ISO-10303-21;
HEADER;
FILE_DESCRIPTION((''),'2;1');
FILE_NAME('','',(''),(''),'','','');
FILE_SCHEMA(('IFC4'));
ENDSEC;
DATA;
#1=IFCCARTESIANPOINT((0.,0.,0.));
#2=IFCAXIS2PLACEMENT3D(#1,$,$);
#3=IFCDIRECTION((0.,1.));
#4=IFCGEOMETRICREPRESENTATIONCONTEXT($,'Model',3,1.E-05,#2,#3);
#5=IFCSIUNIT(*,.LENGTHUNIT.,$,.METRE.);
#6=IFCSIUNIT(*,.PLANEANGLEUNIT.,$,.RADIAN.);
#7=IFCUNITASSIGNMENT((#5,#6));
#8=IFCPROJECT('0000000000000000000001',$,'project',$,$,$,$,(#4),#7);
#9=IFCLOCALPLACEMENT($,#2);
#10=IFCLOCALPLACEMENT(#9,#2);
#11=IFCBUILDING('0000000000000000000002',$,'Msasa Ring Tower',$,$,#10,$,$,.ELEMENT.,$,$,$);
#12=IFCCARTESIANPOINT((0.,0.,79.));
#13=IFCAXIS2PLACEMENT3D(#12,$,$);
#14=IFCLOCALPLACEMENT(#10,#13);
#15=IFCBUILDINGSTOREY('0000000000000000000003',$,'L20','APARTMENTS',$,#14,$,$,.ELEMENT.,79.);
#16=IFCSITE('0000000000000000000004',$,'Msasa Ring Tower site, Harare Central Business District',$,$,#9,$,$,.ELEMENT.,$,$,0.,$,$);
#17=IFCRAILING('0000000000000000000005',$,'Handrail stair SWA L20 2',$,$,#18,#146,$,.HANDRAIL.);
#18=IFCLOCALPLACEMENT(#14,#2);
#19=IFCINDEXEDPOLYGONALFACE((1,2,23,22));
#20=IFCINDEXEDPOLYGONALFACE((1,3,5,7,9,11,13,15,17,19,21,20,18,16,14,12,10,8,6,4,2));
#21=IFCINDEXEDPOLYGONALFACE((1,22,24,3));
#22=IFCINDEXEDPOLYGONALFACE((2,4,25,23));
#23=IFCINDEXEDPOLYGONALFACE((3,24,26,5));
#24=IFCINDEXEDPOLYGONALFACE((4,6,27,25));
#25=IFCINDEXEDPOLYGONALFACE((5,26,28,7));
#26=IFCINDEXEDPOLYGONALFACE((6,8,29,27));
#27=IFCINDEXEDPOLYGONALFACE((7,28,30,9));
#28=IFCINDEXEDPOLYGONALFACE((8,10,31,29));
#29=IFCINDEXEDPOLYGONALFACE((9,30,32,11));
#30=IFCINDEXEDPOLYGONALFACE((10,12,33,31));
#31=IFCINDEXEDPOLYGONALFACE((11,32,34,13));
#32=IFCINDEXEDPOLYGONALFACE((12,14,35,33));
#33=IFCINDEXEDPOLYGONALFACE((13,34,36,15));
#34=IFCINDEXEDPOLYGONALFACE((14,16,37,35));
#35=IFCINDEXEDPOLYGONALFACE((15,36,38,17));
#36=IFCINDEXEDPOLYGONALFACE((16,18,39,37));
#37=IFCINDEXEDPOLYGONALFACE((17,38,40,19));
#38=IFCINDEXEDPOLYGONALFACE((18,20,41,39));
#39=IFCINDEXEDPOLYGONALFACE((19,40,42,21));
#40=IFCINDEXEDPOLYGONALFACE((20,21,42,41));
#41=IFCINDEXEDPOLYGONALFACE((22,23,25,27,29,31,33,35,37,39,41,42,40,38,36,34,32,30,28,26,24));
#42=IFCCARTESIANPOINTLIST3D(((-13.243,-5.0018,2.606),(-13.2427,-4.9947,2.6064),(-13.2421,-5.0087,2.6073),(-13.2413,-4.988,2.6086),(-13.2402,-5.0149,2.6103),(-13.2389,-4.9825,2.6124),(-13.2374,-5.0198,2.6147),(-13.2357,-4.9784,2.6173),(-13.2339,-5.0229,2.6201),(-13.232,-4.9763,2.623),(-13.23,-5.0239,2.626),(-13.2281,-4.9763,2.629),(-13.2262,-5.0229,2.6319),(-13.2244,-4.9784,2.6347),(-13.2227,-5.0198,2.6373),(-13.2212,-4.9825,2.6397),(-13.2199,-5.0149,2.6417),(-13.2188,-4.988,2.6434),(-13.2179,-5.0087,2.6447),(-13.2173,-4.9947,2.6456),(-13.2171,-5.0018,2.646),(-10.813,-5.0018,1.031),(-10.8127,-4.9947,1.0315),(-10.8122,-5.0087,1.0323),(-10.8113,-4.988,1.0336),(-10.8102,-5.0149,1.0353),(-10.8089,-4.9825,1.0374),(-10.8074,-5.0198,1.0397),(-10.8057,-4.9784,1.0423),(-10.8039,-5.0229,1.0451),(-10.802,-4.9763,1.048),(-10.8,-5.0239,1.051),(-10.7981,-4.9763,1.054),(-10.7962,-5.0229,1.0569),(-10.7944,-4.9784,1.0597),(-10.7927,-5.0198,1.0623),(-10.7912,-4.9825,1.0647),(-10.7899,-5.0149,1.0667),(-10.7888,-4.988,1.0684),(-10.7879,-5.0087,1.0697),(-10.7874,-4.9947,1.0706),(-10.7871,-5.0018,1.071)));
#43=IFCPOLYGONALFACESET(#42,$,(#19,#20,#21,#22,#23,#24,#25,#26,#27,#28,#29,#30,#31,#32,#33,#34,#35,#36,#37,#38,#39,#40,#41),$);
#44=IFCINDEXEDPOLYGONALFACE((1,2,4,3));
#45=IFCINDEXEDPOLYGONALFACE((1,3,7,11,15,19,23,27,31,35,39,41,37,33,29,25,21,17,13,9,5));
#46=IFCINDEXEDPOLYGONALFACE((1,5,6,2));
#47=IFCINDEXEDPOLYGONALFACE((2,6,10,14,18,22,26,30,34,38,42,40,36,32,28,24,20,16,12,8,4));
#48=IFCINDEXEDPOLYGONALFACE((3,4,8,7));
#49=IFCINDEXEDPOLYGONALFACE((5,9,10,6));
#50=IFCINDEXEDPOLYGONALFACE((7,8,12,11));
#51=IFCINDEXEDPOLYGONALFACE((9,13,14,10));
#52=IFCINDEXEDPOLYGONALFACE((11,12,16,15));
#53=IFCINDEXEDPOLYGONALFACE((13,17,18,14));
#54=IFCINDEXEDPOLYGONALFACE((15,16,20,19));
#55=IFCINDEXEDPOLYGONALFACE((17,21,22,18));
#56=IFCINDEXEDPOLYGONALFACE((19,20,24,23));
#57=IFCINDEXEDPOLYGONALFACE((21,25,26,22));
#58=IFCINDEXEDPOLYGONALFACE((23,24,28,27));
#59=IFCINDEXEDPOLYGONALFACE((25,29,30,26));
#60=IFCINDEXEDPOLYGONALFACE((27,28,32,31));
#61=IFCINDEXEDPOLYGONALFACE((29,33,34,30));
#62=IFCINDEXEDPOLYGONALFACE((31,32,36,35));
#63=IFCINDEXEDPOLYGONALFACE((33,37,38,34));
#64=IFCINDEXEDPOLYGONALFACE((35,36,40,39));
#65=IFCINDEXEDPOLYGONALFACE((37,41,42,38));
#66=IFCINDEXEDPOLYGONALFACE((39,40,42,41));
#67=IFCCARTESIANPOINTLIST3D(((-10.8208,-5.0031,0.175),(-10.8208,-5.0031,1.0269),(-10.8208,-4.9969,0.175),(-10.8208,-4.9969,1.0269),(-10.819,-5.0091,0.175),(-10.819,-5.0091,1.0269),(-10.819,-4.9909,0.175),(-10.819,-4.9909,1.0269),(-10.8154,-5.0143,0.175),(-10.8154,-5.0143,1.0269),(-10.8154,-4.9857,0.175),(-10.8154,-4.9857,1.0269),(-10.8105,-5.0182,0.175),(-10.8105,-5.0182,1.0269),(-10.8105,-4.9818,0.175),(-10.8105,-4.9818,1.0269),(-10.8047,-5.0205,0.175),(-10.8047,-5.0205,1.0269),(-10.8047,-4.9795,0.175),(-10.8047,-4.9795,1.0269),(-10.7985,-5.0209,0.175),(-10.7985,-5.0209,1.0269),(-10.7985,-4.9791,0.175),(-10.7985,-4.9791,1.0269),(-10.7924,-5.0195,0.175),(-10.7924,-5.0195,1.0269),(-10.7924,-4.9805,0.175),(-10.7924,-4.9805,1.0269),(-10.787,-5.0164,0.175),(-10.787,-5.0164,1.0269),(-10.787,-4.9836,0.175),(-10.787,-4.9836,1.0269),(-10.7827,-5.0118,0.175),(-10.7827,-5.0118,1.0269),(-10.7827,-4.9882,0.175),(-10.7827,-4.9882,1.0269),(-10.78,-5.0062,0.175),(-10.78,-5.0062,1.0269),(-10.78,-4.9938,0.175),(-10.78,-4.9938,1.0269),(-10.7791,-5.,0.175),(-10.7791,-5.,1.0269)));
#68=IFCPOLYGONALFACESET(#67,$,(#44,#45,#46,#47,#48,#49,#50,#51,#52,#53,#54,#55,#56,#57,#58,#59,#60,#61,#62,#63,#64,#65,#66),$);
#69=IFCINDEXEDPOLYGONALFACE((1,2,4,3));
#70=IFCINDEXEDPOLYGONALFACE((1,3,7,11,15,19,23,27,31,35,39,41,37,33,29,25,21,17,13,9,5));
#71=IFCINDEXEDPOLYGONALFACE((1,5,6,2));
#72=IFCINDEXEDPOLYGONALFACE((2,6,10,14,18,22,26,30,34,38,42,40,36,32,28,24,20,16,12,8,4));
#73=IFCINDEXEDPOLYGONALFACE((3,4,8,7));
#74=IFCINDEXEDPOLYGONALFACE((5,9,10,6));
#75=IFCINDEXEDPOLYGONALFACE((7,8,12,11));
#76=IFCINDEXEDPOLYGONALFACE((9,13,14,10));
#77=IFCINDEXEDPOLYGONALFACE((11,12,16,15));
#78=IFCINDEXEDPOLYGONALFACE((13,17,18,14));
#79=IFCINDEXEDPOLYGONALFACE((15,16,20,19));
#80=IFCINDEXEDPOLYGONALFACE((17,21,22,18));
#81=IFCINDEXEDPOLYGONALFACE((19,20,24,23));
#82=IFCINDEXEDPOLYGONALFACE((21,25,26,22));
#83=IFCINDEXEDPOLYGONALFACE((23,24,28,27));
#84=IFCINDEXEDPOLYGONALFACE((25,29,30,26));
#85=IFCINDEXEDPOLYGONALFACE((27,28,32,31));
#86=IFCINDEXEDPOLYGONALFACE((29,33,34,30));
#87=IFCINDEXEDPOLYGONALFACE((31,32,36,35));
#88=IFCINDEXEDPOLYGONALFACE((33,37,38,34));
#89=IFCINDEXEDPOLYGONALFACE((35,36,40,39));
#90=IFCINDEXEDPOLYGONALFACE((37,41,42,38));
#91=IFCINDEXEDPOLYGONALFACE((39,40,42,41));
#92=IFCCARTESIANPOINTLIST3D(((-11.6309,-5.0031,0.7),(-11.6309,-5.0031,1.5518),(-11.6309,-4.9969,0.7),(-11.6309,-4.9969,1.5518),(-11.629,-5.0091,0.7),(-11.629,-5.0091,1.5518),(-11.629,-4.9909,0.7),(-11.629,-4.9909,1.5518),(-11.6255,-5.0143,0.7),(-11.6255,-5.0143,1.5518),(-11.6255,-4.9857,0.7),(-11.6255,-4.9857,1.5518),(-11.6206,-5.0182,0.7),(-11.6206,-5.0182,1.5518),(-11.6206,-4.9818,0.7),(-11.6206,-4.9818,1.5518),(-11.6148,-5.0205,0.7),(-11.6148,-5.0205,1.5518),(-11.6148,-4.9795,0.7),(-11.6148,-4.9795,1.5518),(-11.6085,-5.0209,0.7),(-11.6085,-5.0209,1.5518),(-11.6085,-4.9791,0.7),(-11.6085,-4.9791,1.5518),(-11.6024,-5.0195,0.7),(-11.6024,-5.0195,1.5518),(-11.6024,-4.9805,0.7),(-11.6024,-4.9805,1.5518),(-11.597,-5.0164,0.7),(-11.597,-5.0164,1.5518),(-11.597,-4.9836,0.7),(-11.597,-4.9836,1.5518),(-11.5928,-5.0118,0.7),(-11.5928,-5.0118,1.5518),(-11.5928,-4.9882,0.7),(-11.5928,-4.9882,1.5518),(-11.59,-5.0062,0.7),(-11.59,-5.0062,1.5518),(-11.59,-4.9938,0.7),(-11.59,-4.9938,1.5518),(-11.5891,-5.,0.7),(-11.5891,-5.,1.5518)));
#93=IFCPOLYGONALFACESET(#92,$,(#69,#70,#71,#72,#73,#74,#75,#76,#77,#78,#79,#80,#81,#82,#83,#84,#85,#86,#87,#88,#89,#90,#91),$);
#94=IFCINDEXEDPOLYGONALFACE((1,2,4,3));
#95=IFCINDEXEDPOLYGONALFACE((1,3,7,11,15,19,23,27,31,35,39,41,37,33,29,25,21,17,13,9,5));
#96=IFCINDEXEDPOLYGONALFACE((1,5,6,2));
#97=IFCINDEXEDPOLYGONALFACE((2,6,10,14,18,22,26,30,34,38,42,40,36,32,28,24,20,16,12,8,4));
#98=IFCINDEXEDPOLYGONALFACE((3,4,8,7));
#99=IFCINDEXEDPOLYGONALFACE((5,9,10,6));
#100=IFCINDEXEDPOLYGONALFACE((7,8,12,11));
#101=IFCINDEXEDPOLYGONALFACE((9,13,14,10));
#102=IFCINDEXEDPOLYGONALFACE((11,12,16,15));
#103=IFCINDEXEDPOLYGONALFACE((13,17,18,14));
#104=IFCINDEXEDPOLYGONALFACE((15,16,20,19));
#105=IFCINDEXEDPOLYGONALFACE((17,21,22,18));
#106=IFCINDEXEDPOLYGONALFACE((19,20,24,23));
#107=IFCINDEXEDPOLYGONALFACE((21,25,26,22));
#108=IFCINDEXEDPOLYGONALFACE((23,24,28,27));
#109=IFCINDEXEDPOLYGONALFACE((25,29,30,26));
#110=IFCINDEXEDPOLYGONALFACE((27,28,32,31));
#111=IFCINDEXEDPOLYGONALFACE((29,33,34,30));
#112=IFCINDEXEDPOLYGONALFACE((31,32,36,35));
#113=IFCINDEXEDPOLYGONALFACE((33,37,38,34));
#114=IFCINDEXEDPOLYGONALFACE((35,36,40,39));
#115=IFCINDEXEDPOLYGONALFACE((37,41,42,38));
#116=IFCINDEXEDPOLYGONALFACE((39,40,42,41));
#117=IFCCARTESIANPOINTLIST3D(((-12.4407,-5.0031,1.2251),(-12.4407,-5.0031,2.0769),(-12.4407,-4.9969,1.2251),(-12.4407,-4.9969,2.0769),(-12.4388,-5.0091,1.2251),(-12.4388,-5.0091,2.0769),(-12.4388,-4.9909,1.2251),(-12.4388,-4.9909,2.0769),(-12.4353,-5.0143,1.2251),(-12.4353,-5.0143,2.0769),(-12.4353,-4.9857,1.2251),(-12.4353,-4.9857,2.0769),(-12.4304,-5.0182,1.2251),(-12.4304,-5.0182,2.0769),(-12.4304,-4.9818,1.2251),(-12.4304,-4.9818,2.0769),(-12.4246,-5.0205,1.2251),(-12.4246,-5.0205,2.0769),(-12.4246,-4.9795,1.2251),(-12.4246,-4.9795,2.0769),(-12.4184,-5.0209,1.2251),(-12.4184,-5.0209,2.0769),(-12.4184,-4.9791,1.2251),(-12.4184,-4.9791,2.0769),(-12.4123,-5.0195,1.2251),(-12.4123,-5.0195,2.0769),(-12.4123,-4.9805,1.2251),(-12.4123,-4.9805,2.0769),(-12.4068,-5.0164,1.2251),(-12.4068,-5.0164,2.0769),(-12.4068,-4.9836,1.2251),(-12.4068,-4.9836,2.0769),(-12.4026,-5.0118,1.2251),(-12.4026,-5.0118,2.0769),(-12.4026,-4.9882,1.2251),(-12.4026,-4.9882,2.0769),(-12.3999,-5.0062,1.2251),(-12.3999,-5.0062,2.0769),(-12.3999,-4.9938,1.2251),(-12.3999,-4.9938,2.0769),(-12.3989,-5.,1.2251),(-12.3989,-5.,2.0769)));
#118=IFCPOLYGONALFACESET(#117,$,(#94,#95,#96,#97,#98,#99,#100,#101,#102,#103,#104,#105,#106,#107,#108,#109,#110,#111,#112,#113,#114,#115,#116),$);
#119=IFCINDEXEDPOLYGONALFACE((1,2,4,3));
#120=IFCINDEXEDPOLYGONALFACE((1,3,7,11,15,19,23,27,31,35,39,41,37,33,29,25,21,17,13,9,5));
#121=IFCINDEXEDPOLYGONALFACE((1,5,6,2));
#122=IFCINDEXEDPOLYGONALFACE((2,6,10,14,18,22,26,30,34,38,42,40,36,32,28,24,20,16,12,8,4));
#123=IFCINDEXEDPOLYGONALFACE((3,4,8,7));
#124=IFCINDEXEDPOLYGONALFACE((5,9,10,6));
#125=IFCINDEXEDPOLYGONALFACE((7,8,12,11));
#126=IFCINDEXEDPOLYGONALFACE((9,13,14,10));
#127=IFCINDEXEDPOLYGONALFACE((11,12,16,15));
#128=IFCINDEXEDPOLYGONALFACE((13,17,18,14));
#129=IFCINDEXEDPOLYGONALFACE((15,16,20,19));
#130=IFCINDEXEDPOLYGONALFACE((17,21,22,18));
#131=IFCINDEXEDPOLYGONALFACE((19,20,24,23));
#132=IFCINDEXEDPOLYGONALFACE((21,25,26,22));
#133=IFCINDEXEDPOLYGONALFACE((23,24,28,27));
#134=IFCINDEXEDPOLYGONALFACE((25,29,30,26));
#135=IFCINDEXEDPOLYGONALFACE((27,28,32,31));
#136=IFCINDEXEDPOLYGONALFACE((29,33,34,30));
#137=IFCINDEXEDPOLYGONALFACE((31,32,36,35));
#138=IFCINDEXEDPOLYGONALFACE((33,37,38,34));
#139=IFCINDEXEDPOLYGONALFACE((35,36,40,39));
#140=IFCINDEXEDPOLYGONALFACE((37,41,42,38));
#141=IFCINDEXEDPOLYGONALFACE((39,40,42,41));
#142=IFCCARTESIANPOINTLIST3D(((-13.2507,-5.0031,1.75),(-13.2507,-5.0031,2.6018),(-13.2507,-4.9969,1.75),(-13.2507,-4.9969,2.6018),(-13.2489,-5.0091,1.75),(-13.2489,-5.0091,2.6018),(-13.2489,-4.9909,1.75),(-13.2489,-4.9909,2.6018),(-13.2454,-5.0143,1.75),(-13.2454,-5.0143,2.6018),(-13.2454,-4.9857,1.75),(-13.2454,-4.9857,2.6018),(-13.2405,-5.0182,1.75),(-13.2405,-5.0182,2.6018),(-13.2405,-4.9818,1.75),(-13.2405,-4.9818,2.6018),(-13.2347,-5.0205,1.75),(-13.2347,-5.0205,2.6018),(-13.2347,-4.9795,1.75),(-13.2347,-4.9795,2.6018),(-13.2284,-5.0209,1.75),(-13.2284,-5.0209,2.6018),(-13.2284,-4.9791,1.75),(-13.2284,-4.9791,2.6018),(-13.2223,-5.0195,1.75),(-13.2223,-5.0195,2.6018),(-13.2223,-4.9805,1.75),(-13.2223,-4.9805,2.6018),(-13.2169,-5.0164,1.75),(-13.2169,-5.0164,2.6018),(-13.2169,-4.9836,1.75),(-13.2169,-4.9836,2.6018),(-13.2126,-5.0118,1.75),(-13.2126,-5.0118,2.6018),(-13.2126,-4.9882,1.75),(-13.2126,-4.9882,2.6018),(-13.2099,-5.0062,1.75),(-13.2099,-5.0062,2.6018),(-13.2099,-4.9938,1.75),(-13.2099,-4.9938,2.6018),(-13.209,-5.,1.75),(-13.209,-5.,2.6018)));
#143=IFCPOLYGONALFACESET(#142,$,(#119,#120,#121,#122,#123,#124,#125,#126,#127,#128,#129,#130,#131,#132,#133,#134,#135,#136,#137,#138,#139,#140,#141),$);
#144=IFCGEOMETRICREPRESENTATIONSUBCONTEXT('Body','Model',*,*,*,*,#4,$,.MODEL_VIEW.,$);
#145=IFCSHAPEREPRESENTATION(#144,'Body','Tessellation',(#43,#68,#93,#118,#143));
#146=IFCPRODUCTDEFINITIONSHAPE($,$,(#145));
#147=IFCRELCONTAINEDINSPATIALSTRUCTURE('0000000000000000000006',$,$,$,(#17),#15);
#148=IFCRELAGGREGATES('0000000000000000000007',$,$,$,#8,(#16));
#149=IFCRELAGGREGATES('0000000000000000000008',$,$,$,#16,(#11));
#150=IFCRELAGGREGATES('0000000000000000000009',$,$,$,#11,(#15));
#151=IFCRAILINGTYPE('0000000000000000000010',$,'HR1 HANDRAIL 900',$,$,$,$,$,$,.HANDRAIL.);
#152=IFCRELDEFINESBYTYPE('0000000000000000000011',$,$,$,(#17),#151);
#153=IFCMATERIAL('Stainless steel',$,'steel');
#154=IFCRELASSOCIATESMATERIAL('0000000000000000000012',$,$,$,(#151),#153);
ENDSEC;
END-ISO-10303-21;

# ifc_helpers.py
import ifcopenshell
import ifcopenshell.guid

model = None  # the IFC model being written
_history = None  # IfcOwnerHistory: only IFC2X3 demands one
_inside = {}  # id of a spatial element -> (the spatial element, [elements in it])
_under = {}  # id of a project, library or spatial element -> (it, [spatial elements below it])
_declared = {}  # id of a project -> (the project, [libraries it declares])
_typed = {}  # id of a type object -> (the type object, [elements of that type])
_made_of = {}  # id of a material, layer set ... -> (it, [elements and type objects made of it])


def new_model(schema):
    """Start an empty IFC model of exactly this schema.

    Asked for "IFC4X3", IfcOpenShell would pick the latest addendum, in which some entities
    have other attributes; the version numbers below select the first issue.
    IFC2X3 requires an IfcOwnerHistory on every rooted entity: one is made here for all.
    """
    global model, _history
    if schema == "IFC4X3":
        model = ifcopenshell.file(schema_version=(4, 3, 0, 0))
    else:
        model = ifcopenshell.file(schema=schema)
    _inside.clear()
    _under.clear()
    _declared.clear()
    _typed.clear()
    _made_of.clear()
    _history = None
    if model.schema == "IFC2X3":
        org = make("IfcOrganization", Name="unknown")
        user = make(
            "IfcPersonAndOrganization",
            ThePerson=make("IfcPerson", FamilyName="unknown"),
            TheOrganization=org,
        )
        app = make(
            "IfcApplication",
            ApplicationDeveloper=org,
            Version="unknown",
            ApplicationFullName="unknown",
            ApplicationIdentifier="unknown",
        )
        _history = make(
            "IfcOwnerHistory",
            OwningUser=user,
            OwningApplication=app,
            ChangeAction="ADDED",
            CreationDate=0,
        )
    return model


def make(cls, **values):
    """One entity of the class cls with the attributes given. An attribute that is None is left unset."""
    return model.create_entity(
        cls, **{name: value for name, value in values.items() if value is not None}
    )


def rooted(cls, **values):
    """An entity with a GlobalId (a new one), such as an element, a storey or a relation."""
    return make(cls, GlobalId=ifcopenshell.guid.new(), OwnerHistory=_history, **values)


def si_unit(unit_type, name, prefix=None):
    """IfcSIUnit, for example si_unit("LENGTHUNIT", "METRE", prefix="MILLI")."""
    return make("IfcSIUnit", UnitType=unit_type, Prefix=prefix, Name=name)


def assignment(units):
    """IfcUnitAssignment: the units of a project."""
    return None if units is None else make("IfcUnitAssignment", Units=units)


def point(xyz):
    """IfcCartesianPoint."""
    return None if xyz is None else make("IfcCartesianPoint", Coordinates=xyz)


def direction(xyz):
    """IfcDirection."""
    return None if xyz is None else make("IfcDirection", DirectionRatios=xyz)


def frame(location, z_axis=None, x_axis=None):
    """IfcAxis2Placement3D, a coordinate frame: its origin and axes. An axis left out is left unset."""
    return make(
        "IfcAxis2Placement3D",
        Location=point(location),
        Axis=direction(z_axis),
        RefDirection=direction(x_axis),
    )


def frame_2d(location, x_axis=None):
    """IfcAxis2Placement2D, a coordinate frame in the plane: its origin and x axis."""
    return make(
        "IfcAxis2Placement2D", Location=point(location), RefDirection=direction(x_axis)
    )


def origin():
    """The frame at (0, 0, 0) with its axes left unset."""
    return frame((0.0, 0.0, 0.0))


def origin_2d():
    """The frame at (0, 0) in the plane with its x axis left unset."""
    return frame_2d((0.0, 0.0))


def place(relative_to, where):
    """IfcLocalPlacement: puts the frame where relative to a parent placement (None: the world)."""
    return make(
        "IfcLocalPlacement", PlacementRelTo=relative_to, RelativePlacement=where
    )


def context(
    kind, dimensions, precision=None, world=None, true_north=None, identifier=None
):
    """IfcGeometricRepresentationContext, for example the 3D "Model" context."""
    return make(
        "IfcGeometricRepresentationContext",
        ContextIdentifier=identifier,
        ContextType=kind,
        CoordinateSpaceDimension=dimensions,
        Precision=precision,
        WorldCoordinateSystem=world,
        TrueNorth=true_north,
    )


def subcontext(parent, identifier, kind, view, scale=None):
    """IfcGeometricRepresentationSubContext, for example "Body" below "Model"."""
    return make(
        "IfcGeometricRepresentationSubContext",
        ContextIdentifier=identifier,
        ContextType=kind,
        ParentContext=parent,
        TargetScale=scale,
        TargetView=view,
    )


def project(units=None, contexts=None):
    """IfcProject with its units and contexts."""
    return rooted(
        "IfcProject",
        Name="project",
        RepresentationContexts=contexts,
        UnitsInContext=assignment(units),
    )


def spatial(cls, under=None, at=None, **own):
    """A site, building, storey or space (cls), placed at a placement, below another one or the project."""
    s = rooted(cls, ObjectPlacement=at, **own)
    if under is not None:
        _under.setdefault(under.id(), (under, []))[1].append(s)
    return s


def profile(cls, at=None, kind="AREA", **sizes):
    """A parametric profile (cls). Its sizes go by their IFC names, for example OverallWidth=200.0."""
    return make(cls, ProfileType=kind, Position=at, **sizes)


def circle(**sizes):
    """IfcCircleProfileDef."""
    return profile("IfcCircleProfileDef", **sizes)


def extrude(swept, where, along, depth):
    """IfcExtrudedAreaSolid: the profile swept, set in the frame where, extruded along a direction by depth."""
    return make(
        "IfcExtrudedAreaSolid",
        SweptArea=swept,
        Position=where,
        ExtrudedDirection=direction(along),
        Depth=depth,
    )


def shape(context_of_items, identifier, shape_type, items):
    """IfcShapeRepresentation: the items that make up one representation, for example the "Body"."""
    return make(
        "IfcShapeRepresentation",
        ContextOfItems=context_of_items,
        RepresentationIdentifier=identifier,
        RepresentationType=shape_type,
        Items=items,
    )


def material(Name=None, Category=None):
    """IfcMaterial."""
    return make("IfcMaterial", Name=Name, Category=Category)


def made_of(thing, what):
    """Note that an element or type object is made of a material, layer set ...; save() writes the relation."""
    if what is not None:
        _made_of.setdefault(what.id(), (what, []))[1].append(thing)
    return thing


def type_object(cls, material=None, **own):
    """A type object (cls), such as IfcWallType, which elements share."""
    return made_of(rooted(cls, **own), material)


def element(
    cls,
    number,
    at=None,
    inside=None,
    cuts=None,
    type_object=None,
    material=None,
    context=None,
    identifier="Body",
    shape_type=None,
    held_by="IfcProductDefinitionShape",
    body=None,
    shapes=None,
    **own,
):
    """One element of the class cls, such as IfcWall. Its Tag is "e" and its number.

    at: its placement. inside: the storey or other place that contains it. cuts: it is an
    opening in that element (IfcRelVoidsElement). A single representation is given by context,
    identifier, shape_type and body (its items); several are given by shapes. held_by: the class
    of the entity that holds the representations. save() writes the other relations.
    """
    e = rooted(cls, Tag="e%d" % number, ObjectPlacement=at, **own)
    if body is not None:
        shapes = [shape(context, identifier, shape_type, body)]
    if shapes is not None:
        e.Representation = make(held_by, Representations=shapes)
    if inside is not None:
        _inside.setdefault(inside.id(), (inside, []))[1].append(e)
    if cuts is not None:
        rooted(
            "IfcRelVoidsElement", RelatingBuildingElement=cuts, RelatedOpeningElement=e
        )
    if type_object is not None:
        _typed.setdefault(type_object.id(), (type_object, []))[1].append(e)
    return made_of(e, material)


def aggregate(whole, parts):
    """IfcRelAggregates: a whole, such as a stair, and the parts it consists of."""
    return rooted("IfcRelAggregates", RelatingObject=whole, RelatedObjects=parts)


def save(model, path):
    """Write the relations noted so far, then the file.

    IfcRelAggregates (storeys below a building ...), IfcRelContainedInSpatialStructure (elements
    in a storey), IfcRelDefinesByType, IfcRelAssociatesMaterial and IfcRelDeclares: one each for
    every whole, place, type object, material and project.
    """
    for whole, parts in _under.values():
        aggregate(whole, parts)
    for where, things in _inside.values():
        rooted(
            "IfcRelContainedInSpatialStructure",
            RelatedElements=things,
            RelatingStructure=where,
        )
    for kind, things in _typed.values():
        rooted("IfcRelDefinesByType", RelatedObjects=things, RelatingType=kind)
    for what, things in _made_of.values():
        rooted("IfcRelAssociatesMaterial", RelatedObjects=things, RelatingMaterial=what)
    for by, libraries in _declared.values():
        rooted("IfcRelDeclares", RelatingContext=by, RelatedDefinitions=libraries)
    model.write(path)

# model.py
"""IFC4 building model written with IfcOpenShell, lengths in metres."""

from ifc_helpers import new_model, si_unit, direction, frame, origin, origin_2d, place, context, subcontext, project, spatial, circle, extrude, material, type_object, element, save


model = new_model("IFC4")

# Units and contexts
model_context = context("Model", 3, precision=1e-05, world=origin(), true_north=direction((0.0, 1.0)))
body_context = subcontext(model_context, "Body", "Model", "MODEL_VIEW")
ifc_project = project(units=[si_unit("LENGTHUNIT", "METRE"), si_unit("PLANEANGLEUNIT", "RADIAN")], contexts=[model_context])

# Site, building, storey
site_placement = place(None, origin())
site = spatial("IfcSite", under=ifc_project, at=site_placement, Name="Msasa Ring Tower site, Harare Central Business District", CompositionType="ELEMENT", RefElevation=0.0)
building_placement = place(site_placement, origin())
building = spatial("IfcBuilding", under=site, at=building_placement, Name="Msasa Ring Tower", CompositionType="ELEMENT")
storey_placement = place(building_placement, frame((0.0, 0.0, 79.0)))
storey = spatial("IfcBuildingStorey", under=building, at=storey_placement, Name="L20", Description="APARTMENTS", CompositionType="ELEMENT", Elevation=79.0)

# Railing
ifc_material_1 = material(Name="Stainless steel", Category="steel")
railing_type = type_object("IfcRailingType", Name="HR1 HANDRAIL 900", PredefinedType="HANDRAIL", material=ifc_material_1)
for number, where, name in (
    (1, (-10.8, -5.0, 0.175), "Handrail stair SWA L20 2"),
):
    element("IfcRailing", number, at=place(storey_placement, frame(where)), inside=storey, type_object=railing_type, Name=name, PredefinedType="HANDRAIL", context=body_context, shape_type="SweptSolid", body=[
        extrude(circle(Radius=0.0239, at=origin_2d()), frame((0.0, 0.0, 0.876), z_axis=(-0.839154, 0.0, 0.543894), x_axis=(0.0, -1.0, 0.0)), (0.0, 0.0, 1.0), 2.8958),
        extrude(circle(Radius=0.021, at=origin_2d()), origin(), (0.0, 0.0, 1.0), 0.8518),
        extrude(circle(Radius=0.021, at=origin_2d()), frame((-0.8101, 0.0, 0.5249)), (0.0, 0.0, 1.0), 0.8518),
        extrude(circle(Radius=0.021, at=origin_2d()), frame((-1.6199, 0.0, 1.05)), (0.0, 0.0, 1.0), 0.8518),
        extrude(circle(Radius=0.021, at=origin_2d()), frame((-2.4299, 0.0, 1.575)), (0.0, 0.0, 1.0), 0.8518),
    ])

save(model, "model.ifc")
